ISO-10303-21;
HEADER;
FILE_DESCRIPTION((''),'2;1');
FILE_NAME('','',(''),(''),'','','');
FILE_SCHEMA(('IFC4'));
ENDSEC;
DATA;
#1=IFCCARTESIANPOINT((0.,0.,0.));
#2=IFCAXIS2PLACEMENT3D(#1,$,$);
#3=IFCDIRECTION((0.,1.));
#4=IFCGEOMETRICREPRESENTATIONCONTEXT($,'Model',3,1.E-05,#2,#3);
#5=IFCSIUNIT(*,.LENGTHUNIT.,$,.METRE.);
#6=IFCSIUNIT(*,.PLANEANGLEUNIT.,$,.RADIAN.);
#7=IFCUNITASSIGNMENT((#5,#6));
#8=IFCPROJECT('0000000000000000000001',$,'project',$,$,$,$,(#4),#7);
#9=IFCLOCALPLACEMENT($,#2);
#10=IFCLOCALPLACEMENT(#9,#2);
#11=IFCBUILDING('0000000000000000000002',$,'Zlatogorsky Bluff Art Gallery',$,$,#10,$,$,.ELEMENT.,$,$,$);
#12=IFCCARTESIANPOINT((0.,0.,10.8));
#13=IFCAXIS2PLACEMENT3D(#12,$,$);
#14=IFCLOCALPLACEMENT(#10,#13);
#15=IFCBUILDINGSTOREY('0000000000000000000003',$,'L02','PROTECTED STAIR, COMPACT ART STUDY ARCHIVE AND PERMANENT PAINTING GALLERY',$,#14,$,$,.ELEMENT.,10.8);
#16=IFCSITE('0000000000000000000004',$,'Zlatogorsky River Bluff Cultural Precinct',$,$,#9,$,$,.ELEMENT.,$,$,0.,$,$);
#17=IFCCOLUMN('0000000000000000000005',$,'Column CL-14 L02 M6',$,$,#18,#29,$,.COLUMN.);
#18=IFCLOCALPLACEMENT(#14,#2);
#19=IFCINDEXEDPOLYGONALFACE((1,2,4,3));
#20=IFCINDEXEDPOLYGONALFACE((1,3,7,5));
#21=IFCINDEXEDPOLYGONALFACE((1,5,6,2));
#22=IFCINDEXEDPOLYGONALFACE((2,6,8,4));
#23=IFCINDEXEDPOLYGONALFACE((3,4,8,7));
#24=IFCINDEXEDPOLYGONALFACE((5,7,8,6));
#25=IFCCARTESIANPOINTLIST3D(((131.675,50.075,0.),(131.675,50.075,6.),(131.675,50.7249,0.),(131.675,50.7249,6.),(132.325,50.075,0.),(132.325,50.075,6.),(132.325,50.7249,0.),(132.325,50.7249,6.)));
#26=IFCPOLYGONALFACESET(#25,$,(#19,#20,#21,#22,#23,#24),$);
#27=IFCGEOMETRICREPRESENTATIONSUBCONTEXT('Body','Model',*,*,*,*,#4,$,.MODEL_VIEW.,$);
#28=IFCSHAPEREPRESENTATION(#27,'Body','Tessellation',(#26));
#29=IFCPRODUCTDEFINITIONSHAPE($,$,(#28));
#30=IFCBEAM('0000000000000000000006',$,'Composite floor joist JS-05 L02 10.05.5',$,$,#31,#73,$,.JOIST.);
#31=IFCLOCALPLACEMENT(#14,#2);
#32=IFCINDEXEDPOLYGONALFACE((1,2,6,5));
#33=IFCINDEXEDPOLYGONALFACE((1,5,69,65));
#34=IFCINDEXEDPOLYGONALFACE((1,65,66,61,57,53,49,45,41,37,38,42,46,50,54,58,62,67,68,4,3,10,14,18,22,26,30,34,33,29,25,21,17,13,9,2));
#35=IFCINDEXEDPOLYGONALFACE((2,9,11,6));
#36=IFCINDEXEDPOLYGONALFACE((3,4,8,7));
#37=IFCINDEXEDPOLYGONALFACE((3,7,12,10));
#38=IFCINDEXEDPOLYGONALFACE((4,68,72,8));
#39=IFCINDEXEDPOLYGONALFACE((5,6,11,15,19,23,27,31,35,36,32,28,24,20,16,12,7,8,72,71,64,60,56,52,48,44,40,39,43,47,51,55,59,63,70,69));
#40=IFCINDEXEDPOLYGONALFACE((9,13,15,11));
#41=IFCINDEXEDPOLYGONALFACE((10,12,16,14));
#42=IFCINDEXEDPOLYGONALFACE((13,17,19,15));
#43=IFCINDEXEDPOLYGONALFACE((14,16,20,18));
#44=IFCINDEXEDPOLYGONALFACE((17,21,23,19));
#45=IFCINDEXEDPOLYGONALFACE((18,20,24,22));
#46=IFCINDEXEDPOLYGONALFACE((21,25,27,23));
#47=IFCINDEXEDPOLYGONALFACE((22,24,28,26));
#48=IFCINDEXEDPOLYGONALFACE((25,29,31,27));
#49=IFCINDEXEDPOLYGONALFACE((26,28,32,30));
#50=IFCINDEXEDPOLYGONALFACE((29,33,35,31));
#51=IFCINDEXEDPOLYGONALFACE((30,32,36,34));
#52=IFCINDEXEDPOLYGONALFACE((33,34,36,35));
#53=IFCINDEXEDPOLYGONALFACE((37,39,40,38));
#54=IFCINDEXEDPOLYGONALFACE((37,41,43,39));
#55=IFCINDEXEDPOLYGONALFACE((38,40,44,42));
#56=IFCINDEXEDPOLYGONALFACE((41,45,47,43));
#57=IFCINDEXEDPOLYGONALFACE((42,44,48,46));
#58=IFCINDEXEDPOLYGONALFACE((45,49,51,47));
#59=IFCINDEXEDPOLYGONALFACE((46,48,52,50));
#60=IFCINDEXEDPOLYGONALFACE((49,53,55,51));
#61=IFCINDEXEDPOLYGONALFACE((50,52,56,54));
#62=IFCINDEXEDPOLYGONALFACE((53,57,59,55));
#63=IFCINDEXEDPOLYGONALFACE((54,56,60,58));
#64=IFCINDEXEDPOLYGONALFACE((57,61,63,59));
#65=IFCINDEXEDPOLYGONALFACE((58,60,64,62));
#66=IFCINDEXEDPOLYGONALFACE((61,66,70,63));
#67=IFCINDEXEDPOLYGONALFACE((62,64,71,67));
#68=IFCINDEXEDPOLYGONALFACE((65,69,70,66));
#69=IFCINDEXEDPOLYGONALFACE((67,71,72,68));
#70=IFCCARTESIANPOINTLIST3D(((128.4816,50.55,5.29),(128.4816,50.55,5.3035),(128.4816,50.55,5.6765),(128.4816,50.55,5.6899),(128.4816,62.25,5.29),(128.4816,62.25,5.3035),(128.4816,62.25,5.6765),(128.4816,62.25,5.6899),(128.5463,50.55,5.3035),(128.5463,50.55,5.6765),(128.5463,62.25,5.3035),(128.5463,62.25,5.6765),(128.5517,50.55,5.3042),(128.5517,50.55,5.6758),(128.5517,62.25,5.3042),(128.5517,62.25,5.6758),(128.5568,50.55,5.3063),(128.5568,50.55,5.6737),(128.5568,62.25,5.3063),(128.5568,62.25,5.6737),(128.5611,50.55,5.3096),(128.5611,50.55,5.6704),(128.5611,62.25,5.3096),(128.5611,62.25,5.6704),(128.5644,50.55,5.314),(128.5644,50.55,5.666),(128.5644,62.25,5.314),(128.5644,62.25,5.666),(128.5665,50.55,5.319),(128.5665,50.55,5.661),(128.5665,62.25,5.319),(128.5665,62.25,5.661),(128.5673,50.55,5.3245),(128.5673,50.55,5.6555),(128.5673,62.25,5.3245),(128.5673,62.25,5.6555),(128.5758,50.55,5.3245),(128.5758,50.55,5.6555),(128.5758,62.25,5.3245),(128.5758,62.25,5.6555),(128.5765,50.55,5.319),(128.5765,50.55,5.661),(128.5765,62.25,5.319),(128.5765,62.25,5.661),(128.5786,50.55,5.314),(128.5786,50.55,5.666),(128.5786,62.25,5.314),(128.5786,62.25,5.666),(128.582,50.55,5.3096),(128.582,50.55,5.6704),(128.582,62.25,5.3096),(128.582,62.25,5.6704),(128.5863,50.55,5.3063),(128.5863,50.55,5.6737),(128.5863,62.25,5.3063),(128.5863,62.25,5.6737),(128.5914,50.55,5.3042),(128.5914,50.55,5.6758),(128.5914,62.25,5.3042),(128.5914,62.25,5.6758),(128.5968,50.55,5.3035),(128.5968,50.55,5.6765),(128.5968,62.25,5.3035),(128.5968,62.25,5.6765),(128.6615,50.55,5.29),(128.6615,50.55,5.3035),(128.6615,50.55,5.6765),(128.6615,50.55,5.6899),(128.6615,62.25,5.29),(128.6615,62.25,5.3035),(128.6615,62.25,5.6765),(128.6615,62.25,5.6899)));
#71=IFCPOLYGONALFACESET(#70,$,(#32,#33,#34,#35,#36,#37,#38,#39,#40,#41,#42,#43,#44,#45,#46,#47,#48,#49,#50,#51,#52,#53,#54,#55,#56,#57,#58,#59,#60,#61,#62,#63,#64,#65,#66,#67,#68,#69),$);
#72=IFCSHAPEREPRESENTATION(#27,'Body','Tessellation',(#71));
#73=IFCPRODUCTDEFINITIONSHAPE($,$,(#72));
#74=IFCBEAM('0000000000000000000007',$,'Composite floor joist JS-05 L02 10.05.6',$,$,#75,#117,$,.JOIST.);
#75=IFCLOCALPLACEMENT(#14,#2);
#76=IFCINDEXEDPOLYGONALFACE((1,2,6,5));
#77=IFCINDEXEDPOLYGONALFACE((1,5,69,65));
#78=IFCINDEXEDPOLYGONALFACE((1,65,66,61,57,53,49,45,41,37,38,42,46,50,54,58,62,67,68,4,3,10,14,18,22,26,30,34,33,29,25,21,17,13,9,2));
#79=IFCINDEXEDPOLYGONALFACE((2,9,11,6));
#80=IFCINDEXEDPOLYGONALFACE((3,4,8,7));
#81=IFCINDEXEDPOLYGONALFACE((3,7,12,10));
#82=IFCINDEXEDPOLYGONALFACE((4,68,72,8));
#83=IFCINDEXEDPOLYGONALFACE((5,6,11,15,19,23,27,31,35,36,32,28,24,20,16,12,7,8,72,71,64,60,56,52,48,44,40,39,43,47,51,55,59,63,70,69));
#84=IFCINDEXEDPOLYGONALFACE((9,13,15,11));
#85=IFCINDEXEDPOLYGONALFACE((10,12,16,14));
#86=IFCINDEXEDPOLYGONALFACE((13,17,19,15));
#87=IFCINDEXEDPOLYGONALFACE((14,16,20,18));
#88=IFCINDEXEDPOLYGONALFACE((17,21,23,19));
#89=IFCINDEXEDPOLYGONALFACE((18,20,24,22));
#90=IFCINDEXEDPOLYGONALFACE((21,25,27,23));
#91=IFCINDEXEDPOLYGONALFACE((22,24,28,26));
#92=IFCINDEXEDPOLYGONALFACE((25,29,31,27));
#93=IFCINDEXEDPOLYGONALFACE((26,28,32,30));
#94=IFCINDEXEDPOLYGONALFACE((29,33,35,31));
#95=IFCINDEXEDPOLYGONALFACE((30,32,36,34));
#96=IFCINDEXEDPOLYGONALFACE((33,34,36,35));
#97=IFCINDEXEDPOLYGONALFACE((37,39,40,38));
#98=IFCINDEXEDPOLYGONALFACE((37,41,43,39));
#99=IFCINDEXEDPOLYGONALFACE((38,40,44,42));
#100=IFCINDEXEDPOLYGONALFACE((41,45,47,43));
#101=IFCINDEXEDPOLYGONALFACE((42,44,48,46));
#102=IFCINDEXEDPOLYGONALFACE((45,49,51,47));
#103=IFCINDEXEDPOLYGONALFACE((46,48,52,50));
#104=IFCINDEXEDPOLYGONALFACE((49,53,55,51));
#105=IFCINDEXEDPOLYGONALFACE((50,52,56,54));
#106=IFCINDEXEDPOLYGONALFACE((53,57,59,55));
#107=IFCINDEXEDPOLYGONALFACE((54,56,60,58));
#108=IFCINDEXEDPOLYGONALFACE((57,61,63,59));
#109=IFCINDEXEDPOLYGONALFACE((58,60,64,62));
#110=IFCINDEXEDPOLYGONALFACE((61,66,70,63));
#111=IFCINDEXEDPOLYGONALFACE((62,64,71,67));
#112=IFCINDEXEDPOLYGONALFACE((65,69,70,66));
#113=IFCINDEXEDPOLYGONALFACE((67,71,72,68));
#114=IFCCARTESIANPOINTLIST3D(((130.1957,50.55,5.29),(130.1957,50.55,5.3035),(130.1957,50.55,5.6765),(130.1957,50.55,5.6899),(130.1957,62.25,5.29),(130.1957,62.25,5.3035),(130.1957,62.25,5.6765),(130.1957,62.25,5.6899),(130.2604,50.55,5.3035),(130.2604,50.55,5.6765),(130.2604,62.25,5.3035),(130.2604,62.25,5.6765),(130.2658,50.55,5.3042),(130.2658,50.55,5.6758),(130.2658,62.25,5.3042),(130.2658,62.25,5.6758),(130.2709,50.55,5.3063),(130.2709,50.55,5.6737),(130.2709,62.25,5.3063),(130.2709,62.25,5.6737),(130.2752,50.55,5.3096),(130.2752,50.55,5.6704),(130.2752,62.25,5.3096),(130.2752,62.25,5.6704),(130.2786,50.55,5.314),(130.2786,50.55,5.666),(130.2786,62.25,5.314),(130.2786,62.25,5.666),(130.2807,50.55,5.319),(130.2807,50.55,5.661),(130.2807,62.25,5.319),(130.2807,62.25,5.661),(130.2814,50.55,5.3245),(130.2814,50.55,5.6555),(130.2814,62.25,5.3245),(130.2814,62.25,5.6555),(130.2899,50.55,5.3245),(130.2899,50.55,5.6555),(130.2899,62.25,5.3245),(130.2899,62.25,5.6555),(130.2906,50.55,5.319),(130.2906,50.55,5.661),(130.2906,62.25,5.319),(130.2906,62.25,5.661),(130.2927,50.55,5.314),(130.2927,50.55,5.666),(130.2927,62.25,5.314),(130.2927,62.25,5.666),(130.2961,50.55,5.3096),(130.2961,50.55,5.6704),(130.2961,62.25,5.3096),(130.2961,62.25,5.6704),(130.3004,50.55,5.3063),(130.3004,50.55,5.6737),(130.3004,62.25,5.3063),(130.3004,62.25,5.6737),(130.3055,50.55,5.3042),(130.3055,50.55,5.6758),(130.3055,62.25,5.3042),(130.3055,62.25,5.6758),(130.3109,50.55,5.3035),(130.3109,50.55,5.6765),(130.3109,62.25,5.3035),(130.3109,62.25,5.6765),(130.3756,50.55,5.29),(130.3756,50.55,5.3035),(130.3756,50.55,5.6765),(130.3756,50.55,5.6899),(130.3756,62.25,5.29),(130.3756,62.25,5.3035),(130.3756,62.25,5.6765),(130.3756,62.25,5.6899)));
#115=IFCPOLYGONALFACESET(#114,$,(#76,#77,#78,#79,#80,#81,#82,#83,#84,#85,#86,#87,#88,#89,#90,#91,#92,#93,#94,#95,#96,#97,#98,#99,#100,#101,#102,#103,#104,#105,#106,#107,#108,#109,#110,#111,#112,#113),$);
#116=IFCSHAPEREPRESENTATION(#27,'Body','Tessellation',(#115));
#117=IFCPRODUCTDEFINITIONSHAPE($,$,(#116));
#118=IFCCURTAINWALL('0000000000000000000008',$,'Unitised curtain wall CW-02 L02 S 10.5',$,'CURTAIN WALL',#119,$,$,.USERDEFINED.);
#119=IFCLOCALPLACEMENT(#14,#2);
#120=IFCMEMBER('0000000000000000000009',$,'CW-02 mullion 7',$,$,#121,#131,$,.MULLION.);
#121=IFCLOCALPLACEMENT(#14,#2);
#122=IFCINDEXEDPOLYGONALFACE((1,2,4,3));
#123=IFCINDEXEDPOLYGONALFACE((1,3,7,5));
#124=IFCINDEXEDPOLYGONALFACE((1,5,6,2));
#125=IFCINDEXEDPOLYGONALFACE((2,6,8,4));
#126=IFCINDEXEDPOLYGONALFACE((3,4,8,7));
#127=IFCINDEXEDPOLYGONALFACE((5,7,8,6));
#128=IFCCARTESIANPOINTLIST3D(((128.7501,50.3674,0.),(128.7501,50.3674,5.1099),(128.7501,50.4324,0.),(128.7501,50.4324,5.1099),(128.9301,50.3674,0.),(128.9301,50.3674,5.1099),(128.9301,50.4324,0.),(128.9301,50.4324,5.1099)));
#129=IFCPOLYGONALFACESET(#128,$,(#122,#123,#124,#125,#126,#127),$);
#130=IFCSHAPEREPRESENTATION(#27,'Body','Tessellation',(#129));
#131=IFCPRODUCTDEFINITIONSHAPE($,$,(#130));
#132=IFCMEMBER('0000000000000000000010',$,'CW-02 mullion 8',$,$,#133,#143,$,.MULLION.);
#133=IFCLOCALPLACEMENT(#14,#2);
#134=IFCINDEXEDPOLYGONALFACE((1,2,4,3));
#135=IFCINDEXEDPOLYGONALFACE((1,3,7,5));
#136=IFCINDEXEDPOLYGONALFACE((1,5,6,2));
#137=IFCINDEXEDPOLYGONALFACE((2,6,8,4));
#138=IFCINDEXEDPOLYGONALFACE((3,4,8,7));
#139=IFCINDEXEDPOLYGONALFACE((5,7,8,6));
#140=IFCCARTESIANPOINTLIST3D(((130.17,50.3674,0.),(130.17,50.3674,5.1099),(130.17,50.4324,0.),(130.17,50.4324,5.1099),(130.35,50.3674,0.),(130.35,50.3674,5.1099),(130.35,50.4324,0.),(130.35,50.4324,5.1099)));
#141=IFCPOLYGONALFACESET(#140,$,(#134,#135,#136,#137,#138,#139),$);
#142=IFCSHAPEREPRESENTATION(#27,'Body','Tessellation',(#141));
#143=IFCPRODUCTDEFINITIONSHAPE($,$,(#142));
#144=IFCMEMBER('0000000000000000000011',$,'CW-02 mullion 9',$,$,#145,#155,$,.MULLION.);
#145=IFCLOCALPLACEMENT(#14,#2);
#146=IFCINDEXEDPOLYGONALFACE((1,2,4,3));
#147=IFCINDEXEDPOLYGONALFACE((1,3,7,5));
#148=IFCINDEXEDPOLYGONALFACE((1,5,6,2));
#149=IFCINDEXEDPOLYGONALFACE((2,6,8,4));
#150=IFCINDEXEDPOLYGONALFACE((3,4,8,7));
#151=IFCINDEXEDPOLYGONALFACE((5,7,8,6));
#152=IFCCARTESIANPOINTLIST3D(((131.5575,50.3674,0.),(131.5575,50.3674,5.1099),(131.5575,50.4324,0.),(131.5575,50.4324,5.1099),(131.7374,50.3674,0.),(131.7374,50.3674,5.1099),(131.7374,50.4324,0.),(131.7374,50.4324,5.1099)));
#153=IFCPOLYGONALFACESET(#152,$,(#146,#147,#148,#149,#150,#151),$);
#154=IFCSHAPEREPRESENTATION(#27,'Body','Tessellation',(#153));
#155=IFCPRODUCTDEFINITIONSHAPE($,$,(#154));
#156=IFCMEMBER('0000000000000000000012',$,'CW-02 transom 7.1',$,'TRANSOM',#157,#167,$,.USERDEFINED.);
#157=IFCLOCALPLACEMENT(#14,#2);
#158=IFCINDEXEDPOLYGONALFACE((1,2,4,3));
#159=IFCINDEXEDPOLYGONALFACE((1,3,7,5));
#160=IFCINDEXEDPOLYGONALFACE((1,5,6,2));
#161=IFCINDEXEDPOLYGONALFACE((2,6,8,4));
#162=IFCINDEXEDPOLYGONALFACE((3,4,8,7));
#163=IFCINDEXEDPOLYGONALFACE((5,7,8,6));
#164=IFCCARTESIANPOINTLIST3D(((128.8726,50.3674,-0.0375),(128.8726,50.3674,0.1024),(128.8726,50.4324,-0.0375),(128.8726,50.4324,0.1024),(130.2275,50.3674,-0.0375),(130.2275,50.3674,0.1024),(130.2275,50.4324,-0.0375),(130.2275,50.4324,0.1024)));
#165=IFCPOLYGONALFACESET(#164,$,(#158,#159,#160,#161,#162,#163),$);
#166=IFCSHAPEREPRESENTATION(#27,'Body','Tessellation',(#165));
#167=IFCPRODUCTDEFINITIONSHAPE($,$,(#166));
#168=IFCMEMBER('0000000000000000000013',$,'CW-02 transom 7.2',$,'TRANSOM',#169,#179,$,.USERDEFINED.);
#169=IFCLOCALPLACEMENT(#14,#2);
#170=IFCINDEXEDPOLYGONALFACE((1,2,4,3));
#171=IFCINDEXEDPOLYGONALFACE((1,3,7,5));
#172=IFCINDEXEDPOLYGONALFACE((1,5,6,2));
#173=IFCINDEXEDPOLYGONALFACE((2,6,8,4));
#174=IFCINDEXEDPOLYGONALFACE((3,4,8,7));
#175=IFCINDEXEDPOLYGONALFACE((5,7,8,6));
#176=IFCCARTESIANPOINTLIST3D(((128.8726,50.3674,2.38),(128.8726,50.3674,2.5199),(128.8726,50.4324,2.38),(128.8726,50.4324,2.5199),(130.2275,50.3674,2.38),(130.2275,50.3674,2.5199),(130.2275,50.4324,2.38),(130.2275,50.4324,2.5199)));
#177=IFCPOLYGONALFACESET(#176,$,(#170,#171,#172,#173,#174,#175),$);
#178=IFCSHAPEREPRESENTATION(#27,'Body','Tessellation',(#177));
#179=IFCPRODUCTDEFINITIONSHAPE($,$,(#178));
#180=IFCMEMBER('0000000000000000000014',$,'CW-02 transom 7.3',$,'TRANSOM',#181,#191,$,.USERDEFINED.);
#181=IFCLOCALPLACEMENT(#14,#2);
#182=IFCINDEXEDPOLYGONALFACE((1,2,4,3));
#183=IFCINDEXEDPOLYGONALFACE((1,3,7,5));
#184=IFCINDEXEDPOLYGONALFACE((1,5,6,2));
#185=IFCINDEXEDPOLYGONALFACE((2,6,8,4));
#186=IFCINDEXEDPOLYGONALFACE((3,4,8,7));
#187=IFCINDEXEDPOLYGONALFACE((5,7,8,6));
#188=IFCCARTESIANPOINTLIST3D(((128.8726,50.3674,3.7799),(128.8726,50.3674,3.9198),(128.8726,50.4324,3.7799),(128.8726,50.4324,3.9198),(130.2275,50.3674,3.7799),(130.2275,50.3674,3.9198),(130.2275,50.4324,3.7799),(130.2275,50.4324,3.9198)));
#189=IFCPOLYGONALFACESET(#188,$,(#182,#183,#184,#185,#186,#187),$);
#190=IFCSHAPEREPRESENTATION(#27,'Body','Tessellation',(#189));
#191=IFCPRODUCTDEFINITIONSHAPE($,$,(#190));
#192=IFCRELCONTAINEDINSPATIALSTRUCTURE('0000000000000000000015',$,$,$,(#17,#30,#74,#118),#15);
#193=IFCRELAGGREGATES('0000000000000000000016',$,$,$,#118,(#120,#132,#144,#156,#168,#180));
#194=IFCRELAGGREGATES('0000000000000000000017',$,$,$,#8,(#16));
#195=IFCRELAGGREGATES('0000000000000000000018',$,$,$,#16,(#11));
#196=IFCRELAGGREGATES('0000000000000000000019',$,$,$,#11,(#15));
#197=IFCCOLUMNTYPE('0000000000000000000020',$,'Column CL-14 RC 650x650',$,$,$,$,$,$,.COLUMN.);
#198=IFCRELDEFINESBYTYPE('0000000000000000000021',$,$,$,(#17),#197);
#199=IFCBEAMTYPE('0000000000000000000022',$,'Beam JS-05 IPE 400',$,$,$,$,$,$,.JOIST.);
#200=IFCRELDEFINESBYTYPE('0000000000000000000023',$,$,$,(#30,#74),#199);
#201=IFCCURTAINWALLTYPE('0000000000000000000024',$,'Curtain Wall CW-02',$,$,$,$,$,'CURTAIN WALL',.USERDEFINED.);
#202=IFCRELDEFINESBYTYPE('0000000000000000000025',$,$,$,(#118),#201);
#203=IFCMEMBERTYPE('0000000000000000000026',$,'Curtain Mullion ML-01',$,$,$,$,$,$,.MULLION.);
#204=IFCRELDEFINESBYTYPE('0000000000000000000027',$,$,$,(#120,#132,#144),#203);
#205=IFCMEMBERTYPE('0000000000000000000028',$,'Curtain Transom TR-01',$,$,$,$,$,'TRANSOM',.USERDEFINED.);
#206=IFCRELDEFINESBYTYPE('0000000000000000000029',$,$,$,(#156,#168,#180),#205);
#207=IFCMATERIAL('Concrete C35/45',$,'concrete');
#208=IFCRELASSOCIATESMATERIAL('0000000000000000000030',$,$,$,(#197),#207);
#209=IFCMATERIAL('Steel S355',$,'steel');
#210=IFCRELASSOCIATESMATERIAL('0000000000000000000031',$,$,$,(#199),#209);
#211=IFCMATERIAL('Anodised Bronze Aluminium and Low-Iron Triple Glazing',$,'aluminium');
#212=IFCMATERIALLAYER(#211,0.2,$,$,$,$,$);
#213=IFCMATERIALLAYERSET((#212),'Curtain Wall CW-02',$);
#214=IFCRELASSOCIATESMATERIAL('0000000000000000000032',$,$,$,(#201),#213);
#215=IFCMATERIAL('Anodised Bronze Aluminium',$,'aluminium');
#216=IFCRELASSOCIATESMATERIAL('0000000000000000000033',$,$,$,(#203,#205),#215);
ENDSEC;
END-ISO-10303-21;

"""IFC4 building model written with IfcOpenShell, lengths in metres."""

from ifc_helpers import new_model, si_unit, direction, frame, origin, origin_2d, place, context, subcontext, project, spatial, rectangle, i_section, extrude, material, layer, layer_set, material_profile, profile_set, type_object, element, aggregate, save


model = new_model("IFC4")

# Units and contexts
model_context = context("Model", 3, precision=1e-05, world=origin(), true_north=direction((0.0, 1.0)))
body_context = subcontext(model_context, "Body", "Model", "MODEL_VIEW")
ifc_project = project(units=[si_unit("LENGTHUNIT", "METRE"), si_unit("PLANEANGLEUNIT", "RADIAN")], contexts=[model_context])

# Site, building, storey
site_placement = place(None, origin())
site = spatial("IfcSite", under=ifc_project, at=site_placement, Name="Zlatogorsky River Bluff Cultural Precinct", CompositionType="ELEMENT", RefElevation=0.0)
building_placement = place(site_placement, origin())
building = spatial("IfcBuilding", under=site, at=building_placement, Name="Zlatogorsky Bluff Art Gallery", CompositionType="ELEMENT")
storey_placement = place(building_placement, frame((0.0, 0.0, 10.8)))
storey = spatial("IfcBuildingStorey", under=building, at=storey_placement, Name="L02", Description="PROTECTED STAIR, COMPACT ART STUDY ARCHIVE AND PERMANENT PAINTING GALLERY", CompositionType="ELEMENT", Elevation=10.8)

# Column
ifc_material_1 = material(Name="Concrete C35/45", Category="concrete")
ifc_material_profile_1 = material_profile(ifc_material_1, rectangle(XDim=0.6499, YDim=0.6499, at=origin_2d()), Name="RC 650x650")
ifc_profile_set_1 = profile_set([ifc_material_profile_1], Name="Concrete C35/45")
column_type = type_object("IfcColumnType", Name="Column CL-14 RC 650x650", PredefinedType="COLUMN", material=ifc_profile_set_1)
column_placement = place(storey_placement, frame((132.0, 50.3999, 0.0), z_axis=(0.0, 0.0, 1.0), x_axis=(1.0, 0.0, 0.0)))
element("IfcColumn", 1, at=column_placement, inside=storey, type_object=column_type, Name="Column CL-14 L02 M6", PredefinedType="COLUMN", context=body_context, shape_type="SweptSolid", body=[
    extrude(rectangle(XDim=0.6499, YDim=0.6499, at=origin_2d()), origin(), (0.0, 0.0, 1.0), 6.0),
])

# Beams
ifc_material_2 = material(Name="Steel S355", Category="steel")
ifc_material_profile_2 = material_profile(ifc_material_2, i_section(OverallWidth=0.1799, OverallDepth=0.3999, WebThickness=0.0085, FlangeThickness=0.0134, FilletRadius=0.021, at=origin_2d()), Name="IPE 400")
ifc_profile_set_2 = profile_set([ifc_material_profile_2], Name="Steel S355")
beam_type = type_object("IfcBeamType", Name="Beam JS-05 IPE 400", PredefinedType="JOIST", material=ifc_profile_set_2)
for number, where, z_axis, x_axis, name in (
    (2, (128.5715, 50.55, 5.49), (0.0, 1.0, 0.0), (-1.0, 0.0, 0.0), "Composite floor joist JS-05 L02 10.05.5"),
    (3, (130.2856, 50.55, 5.49), (0.0, 1.0, 0.0), (-1.0, 0.0, 0.0), "Composite floor joist JS-05 L02 10.05.6"),
):
    element("IfcBeam", number, at=place(storey_placement, frame(where, z_axis=z_axis, x_axis=x_axis)), inside=storey, type_object=beam_type, Name=name, PredefinedType="JOIST", context=body_context, shape_type="SweptSolid", body=[
        extrude(i_section(OverallWidth=0.1799, OverallDepth=0.3999, WebThickness=0.0085, FlangeThickness=0.0134, FilletRadius=0.021, at=origin_2d()), origin(), (0.0, 0.0, 1.0), 11.7),
    ])

# Curtain wall, members
ifc_material_3 = material(Name="Anodised Bronze Aluminium and Low-Iron Triple Glazing", Category="aluminium")
ifc_layer_1 = layer(ifc_material_3, 0.2)
ifc_layer_set_1 = layer_set([ifc_layer_1], Name="Curtain Wall CW-02")
curtain_wall_type = type_object("IfcCurtainWallType", Name="Curtain Wall CW-02", ElementType="CURTAIN WALL", PredefinedType="USERDEFINED", material=ifc_layer_set_1)
curtain_wall_placement = place(storey_placement, origin())
curtain_wall = element("IfcCurtainWall", 4, at=curtain_wall_placement, inside=storey, type_object=curtain_wall_type, Name="Unitised curtain wall CW-02 L02 S 10.5", ObjectType="CURTAIN WALL", PredefinedType="USERDEFINED")
ifc_material_4 = material(Name="Anodised Bronze Aluminium", Category="aluminium")
ifc_material_profile_3 = material_profile(ifc_material_4, rectangle(XDim=0.0649, YDim=0.1799, at=origin_2d()), Name="ALU MULLION 65x180")
ifc_profile_set_3 = profile_set([ifc_material_profile_3], Name="Anodised Bronze Aluminium")
member_type_1 = type_object("IfcMemberType", Name="Curtain Mullion ML-01", PredefinedType="MULLION", material=ifc_profile_set_3)
member_1_placement = place(storey_placement, frame((128.8401, 50.3999, 0.0), z_axis=(0.0, 0.0, 1.0), x_axis=(0.0, 1.0, 0.0)))
member_1 = element("IfcMember", 5, at=member_1_placement, type_object=member_type_1, Name="CW-02 mullion 7", PredefinedType="MULLION", context=body_context, shape_type="SweptSolid", body=[
    extrude(rectangle(XDim=0.0649, YDim=0.1799, at=origin_2d()), origin(), (0.0, 0.0, 1.0), 5.1099),
])
member_2_placement = place(storey_placement, frame((130.26, 50.3999, 0.0), z_axis=(0.0, 0.0, 1.0), x_axis=(0.0, 1.0, 0.0)))
member_2 = element("IfcMember", 6, at=member_2_placement, type_object=member_type_1, Name="CW-02 mullion 8", PredefinedType="MULLION", context=body_context, shape_type="SweptSolid", body=[
    extrude(rectangle(XDim=0.0649, YDim=0.1799, at=origin_2d()), origin(), (0.0, 0.0, 1.0), 5.1099),
])
member_3_placement = place(storey_placement, frame((131.6475, 50.3999, 0.0), z_axis=(0.0, 0.0, 1.0), x_axis=(0.0, 1.0, 0.0)))
member_3 = element("IfcMember", 7, at=member_3_placement, type_object=member_type_1, Name="CW-02 mullion 9", PredefinedType="MULLION", context=body_context, shape_type="SweptSolid", body=[
    extrude(rectangle(XDim=0.0649, YDim=0.1799, at=origin_2d()), origin(), (0.0, 0.0, 1.0), 5.1099),
])
ifc_material_profile_4 = material_profile(ifc_material_4, rectangle(XDim=0.0649, YDim=0.1399, at=origin_2d()), Name="ALU TRANSOM 65x140")
ifc_profile_set_4 = profile_set([ifc_material_profile_4], Name="Anodised Bronze Aluminium")
member_type_2 = type_object("IfcMemberType", Name="Curtain Transom TR-01", ElementType="TRANSOM", PredefinedType="USERDEFINED", material=ifc_profile_set_4)
member_4_placement = place(storey_placement, frame((128.8726, 50.3999, 0.0325), z_axis=(1.0, 0.0, 0.0), x_axis=(0.0, 1.0, 0.0)))
member_4 = element("IfcMember", 8, at=member_4_placement, type_object=member_type_2, Name="CW-02 transom 7.1", ObjectType="TRANSOM", PredefinedType="USERDEFINED", context=body_context, shape_type="SweptSolid", body=[
    extrude(rectangle(XDim=0.0649, YDim=0.1399, at=origin_2d()), origin(), (0.0, 0.0, 1.0), 1.355),
])
member_5_placement = place(storey_placement, frame((128.8726, 50.3999, 2.45), z_axis=(1.0, 0.0, 0.0), x_axis=(0.0, 1.0, 0.0)))
member_5 = element("IfcMember", 9, at=member_5_placement, type_object=member_type_2, Name="CW-02 transom 7.2", ObjectType="TRANSOM", PredefinedType="USERDEFINED", context=body_context, shape_type="SweptSolid", body=[
    extrude(rectangle(XDim=0.0649, YDim=0.1399, at=origin_2d()), origin(), (0.0, 0.0, 1.0), 1.355),
])
member_6_placement = place(storey_placement, frame((128.8726, 50.3999, 3.8499), z_axis=(1.0, 0.0, 0.0), x_axis=(0.0, 1.0, 0.0)))
member_6 = element("IfcMember", 10, at=member_6_placement, type_object=member_type_2, Name="CW-02 transom 7.3", ObjectType="TRANSOM", PredefinedType="USERDEFINED", context=body_context, shape_type="SweptSolid", body=[
    extrude(rectangle(XDim=0.0649, YDim=0.1399, at=origin_2d()), origin(), (0.0, 0.0, 1.0), 1.355),
])
aggregate(curtain_wall, [member_1, member_2, member_3, member_4, member_5, member_6])

save(model, "model.ifc")
